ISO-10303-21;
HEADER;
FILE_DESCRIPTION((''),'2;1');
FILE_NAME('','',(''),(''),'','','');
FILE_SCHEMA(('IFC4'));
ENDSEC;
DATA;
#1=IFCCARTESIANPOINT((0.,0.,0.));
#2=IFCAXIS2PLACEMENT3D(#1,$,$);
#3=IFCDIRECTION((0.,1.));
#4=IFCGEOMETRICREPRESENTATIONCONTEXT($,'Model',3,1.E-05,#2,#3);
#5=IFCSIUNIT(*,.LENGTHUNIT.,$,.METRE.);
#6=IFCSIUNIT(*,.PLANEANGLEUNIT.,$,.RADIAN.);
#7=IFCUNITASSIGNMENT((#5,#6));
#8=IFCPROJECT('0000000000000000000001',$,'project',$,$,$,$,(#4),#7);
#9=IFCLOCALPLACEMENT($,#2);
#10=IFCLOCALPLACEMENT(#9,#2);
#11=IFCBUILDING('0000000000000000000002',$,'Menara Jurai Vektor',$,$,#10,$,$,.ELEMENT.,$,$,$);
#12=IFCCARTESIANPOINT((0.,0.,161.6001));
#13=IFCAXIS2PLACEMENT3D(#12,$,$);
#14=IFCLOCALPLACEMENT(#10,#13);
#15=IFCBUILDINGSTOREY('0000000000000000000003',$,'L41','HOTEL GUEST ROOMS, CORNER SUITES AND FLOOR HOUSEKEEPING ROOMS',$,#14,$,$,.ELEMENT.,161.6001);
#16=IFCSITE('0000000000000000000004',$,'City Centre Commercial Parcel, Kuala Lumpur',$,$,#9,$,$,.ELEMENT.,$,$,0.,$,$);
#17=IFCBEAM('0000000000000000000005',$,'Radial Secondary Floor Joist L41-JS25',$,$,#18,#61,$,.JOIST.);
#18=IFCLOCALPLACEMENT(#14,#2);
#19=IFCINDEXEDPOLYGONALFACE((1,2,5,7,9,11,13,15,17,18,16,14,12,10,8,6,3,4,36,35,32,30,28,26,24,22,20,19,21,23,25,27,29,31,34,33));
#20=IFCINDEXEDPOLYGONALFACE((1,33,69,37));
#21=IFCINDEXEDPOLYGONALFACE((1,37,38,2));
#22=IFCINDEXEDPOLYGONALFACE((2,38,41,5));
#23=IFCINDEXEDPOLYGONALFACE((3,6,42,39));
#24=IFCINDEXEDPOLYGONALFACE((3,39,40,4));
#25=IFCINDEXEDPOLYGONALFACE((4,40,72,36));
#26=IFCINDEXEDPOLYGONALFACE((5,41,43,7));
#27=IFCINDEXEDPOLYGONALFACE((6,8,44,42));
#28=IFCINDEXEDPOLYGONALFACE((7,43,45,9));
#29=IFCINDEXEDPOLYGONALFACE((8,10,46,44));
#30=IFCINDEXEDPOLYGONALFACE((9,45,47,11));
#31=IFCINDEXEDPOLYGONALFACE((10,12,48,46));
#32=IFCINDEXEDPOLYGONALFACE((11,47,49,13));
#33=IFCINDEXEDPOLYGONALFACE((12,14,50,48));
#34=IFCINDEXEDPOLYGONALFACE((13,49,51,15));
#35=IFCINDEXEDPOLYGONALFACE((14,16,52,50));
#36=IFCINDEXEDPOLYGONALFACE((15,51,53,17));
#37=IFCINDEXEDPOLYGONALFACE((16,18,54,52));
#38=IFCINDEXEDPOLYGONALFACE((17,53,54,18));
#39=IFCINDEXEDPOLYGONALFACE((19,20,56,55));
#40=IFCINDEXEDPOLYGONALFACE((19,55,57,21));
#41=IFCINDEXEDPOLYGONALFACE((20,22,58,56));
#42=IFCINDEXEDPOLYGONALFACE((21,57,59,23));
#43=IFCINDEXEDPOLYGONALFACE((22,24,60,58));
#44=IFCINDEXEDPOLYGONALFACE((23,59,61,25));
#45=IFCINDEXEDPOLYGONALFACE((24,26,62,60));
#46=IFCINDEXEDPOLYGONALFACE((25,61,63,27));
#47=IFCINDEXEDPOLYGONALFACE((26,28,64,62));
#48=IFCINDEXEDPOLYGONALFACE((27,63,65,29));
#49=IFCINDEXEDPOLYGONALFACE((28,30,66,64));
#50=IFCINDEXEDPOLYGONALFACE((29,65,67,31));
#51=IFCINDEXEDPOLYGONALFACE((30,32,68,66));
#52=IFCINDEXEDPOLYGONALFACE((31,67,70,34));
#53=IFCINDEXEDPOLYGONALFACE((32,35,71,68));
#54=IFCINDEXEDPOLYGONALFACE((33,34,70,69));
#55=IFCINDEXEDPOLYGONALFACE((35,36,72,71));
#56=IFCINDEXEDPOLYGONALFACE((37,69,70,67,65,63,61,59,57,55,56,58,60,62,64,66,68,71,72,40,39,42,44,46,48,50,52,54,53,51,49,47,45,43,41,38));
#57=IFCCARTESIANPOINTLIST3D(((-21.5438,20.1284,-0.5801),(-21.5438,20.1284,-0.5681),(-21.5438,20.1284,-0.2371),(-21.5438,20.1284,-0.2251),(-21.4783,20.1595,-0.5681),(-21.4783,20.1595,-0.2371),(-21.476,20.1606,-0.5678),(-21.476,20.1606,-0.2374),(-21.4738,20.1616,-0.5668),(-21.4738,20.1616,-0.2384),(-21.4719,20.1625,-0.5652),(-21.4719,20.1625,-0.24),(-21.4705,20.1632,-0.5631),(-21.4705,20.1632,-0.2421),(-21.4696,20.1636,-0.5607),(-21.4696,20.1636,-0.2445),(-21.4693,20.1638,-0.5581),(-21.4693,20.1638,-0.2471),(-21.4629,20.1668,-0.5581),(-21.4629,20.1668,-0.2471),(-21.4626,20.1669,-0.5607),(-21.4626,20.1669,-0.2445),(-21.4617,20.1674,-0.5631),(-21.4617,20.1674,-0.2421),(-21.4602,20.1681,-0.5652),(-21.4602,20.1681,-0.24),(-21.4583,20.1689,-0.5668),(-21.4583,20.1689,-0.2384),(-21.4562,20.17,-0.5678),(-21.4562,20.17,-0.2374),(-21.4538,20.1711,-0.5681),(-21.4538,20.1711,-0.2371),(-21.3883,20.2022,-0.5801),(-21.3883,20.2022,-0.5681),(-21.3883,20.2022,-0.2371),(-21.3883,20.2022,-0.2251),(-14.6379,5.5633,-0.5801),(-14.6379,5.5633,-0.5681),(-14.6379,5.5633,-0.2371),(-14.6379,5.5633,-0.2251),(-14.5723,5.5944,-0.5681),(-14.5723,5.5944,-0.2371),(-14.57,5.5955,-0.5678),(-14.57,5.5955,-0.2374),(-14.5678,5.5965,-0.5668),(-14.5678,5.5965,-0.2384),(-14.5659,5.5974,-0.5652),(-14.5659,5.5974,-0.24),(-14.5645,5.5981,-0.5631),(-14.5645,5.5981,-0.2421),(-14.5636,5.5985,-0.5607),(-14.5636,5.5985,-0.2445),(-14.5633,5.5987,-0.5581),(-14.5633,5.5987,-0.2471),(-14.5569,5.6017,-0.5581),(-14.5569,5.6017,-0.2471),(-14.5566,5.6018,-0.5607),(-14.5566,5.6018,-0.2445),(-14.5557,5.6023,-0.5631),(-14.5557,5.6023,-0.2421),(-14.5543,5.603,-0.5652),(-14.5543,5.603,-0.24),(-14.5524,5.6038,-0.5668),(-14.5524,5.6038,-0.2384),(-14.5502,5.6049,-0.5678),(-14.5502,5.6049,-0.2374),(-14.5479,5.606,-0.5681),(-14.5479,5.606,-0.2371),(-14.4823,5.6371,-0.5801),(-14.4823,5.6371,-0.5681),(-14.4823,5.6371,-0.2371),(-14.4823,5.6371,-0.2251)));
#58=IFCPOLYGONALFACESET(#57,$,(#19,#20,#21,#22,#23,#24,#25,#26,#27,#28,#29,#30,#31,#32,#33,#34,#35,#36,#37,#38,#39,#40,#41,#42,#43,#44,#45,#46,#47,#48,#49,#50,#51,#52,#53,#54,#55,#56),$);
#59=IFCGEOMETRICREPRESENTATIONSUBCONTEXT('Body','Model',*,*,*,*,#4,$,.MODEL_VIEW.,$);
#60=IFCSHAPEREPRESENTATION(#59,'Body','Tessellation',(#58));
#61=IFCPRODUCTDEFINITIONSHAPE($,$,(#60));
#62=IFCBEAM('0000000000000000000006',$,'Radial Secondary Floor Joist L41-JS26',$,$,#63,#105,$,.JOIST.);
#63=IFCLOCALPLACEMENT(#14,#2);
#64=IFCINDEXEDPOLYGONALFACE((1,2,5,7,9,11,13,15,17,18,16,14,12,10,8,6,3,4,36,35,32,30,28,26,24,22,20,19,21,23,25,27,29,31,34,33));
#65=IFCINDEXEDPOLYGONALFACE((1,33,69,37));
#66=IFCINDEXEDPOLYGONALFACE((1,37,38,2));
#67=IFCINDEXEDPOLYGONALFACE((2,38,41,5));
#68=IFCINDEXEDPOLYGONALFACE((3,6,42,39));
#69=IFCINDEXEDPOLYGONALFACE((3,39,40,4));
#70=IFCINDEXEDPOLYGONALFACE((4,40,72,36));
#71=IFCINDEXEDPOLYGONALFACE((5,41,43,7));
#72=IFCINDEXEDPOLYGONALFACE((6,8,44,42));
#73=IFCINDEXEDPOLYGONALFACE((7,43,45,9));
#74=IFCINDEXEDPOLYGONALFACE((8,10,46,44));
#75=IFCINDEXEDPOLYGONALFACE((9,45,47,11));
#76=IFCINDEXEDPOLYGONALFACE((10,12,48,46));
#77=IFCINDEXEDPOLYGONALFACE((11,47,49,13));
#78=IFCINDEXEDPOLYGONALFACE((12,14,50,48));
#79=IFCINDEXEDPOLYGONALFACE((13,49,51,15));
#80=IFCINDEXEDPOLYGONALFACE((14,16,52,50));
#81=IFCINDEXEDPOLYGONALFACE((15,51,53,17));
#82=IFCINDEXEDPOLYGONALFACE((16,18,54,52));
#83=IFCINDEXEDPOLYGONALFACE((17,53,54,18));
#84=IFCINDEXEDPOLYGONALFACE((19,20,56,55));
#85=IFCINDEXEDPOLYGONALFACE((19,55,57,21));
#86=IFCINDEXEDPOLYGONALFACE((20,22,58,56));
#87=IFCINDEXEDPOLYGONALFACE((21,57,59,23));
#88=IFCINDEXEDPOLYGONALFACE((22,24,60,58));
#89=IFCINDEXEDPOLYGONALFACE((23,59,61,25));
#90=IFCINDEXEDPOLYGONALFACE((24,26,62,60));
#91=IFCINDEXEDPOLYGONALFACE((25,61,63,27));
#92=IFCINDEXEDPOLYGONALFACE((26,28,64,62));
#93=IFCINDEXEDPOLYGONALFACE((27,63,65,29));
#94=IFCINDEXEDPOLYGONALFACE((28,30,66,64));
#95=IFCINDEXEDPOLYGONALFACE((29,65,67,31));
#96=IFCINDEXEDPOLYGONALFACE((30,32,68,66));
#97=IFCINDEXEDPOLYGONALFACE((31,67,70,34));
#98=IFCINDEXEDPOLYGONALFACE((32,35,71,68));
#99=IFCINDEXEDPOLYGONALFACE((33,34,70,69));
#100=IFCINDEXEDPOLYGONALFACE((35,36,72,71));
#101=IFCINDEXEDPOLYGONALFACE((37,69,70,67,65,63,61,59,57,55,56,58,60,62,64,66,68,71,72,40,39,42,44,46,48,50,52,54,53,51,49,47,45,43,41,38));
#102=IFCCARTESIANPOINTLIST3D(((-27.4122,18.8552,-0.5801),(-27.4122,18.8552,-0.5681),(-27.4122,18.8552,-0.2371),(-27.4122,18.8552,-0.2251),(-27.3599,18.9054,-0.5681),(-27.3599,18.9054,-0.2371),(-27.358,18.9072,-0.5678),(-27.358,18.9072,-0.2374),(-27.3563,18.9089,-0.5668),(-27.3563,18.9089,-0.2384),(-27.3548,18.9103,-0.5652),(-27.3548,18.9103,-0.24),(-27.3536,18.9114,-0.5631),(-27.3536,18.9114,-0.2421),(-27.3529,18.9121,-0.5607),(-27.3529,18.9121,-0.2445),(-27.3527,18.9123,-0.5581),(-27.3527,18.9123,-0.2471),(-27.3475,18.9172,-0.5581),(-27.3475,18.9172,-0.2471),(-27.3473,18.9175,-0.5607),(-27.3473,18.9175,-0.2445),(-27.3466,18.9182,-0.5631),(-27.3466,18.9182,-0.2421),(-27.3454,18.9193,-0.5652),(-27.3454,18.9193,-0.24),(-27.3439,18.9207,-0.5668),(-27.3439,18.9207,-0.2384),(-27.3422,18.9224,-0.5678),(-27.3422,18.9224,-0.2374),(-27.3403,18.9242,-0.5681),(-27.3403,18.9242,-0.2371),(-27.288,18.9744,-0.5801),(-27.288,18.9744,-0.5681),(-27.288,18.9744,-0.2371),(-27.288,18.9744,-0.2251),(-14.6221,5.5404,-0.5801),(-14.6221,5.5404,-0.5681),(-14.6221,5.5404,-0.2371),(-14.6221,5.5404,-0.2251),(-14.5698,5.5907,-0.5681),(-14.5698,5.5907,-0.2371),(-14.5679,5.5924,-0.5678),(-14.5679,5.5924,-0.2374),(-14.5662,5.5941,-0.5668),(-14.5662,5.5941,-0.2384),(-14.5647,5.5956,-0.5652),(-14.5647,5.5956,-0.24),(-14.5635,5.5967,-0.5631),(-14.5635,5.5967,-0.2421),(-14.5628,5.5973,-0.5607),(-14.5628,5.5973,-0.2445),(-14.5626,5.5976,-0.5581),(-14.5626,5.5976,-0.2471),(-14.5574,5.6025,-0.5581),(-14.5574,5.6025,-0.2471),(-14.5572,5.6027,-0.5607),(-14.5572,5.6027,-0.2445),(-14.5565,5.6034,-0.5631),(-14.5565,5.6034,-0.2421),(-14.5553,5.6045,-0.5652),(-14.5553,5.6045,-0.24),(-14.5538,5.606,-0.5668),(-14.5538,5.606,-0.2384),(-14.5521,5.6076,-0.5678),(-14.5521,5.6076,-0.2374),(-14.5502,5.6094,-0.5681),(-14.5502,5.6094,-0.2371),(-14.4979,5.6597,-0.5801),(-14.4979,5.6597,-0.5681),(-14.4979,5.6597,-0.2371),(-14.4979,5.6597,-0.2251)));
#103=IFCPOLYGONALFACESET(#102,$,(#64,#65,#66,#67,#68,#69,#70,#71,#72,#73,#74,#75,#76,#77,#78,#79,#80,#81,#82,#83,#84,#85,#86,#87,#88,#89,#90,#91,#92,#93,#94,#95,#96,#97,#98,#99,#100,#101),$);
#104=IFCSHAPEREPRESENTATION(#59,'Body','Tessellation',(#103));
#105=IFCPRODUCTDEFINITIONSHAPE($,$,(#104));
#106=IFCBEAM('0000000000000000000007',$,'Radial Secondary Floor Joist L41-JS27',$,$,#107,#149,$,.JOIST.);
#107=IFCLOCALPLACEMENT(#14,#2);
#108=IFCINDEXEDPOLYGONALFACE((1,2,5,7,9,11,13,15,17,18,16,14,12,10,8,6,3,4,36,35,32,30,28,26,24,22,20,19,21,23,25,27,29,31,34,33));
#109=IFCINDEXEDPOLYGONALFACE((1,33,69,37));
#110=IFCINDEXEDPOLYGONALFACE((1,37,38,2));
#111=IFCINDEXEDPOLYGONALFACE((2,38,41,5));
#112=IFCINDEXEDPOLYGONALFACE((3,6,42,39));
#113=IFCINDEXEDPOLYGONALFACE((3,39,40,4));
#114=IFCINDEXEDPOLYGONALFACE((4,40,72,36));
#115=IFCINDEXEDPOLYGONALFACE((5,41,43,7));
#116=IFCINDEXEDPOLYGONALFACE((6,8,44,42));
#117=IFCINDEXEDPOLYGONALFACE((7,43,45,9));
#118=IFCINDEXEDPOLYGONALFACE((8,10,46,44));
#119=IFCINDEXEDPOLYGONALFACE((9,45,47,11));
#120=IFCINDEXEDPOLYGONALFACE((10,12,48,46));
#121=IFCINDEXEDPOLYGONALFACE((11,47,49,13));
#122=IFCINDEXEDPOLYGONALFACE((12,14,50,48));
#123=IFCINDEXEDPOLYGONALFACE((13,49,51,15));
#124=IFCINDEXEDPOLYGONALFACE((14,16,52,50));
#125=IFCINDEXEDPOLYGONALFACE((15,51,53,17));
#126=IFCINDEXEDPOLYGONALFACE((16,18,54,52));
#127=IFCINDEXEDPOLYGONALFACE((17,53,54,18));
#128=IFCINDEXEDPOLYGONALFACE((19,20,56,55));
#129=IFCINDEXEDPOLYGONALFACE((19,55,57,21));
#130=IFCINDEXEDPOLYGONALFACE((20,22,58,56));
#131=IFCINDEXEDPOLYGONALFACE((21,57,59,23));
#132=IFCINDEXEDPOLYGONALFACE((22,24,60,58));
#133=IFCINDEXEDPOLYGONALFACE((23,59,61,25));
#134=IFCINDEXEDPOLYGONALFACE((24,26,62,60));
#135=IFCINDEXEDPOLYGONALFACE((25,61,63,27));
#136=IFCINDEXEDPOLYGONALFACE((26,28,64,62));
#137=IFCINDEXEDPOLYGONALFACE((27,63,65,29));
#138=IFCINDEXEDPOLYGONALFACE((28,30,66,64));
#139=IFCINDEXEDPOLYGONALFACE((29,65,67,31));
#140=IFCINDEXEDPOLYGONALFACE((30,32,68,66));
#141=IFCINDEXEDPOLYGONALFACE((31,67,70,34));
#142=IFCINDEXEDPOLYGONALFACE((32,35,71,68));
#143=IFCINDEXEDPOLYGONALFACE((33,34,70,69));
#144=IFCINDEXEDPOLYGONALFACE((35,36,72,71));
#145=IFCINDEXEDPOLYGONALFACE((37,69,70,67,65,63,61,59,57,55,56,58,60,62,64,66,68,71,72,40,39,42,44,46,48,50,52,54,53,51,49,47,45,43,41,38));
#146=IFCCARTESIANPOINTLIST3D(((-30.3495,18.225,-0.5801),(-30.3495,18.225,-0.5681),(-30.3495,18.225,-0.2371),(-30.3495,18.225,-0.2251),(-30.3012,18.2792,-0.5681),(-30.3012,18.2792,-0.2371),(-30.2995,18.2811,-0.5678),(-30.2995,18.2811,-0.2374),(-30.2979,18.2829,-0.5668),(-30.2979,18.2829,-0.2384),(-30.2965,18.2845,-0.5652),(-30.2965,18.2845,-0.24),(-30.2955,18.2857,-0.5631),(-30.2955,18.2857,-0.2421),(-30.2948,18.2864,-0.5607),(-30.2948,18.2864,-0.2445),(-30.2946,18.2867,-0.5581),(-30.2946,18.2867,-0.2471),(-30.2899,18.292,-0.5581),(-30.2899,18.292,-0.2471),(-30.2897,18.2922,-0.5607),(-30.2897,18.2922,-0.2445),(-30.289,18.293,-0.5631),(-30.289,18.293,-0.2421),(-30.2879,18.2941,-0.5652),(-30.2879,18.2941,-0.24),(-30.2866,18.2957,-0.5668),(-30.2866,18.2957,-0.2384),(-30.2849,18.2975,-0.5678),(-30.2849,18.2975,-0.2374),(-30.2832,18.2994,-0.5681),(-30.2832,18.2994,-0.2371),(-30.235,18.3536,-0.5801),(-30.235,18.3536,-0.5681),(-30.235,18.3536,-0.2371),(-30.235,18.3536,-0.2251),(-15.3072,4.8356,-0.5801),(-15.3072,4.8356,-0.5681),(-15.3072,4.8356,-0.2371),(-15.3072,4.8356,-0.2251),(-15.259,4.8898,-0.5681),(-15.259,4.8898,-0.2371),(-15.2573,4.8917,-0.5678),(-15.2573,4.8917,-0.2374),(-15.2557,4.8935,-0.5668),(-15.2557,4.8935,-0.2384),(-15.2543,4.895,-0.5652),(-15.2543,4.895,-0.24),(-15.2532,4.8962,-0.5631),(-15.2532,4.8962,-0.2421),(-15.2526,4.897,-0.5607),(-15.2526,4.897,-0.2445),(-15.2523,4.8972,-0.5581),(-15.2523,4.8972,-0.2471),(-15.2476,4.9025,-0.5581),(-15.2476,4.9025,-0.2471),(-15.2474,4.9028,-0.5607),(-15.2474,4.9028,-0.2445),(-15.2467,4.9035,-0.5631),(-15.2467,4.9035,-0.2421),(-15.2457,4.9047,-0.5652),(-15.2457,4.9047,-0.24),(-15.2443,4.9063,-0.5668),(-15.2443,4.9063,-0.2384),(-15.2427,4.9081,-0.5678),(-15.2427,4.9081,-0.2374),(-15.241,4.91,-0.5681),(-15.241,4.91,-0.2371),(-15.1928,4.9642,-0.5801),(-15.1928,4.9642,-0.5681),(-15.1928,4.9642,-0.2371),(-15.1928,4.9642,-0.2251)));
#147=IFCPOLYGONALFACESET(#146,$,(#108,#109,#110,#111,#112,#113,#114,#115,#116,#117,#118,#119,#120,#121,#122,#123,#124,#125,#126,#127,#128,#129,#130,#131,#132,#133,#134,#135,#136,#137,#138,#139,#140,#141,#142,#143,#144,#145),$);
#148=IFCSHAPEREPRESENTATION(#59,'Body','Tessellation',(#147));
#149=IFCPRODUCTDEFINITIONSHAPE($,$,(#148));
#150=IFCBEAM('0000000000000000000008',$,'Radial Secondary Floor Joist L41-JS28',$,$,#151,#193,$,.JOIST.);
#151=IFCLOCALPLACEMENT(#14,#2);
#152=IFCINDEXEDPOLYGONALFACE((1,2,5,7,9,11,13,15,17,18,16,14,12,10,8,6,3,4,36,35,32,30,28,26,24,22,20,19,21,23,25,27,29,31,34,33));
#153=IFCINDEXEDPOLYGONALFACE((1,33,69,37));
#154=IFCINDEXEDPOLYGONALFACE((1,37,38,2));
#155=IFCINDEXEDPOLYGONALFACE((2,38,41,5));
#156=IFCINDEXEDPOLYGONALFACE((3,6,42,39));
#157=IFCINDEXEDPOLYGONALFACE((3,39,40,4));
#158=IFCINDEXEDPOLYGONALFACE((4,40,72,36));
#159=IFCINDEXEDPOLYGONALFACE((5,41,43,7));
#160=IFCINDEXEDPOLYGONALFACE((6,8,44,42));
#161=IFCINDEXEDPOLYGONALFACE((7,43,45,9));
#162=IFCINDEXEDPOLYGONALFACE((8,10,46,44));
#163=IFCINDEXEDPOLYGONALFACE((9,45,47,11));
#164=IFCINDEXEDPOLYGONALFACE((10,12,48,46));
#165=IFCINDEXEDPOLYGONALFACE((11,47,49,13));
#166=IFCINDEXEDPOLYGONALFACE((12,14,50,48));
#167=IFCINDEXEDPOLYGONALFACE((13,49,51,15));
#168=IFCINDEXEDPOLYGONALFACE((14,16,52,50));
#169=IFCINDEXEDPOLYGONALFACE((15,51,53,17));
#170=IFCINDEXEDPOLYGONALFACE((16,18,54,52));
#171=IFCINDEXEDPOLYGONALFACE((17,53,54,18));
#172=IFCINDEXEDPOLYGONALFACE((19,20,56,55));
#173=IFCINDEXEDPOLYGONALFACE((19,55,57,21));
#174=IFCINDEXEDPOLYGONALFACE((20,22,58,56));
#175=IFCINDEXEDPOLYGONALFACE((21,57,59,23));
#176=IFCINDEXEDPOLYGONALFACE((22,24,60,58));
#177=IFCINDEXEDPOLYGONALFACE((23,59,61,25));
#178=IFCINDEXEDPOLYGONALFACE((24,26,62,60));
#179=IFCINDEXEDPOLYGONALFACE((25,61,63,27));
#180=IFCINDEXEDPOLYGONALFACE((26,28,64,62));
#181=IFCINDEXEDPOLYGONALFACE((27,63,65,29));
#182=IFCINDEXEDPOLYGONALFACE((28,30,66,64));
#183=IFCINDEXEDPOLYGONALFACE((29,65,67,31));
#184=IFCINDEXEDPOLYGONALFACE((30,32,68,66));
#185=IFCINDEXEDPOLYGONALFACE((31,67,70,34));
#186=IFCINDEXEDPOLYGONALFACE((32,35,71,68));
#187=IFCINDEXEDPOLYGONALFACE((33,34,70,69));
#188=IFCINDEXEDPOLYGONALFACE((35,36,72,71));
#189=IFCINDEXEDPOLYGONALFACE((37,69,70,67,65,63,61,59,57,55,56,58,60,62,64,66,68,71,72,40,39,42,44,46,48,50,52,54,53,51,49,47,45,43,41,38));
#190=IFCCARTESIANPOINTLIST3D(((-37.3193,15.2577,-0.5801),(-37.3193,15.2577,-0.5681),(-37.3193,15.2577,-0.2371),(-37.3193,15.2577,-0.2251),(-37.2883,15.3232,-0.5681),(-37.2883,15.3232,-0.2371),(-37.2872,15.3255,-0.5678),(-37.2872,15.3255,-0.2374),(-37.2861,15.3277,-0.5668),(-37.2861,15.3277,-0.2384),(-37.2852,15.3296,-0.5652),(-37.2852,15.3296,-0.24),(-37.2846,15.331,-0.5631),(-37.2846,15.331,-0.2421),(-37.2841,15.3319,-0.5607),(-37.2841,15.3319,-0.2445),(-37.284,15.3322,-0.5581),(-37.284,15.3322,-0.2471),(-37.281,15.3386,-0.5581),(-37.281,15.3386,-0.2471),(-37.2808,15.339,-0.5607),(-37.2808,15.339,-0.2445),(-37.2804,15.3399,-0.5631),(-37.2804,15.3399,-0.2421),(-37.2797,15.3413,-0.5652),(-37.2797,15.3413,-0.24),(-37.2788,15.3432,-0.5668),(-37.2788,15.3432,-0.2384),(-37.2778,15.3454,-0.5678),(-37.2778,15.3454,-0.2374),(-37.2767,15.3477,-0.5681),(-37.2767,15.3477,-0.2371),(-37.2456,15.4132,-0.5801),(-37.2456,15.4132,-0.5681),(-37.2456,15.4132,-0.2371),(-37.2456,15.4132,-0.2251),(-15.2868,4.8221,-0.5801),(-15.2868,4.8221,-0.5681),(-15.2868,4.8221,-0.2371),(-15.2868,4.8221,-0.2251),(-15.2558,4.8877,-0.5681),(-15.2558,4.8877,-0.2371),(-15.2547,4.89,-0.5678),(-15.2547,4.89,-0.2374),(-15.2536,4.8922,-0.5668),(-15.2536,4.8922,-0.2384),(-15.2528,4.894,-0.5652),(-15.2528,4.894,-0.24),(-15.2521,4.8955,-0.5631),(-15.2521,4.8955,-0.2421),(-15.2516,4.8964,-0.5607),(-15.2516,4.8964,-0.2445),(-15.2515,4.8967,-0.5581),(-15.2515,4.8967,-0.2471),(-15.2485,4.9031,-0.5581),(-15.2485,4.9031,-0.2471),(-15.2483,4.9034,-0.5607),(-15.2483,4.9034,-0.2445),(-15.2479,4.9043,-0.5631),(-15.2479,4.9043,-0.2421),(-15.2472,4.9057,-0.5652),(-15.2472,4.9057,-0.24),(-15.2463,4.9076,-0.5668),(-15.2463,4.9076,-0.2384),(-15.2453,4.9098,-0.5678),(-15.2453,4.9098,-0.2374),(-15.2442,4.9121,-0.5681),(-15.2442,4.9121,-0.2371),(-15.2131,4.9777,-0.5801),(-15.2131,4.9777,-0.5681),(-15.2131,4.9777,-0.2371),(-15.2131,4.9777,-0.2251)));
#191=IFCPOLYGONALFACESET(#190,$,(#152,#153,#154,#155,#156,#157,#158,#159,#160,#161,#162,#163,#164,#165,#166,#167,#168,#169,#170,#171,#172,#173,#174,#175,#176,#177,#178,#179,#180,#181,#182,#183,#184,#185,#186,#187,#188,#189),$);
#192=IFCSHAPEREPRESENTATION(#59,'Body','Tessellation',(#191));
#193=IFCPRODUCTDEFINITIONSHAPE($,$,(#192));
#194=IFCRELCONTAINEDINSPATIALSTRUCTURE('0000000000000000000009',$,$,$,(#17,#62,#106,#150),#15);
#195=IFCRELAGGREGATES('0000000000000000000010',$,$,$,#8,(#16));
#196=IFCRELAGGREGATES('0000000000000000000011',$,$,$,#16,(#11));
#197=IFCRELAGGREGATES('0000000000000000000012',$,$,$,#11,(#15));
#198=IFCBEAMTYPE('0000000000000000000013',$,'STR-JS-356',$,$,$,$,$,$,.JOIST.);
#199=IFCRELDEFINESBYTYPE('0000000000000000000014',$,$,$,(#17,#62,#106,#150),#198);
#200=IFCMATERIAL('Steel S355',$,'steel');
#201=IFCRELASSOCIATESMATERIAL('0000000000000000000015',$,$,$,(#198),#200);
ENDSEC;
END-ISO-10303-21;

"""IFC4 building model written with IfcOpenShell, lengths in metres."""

from ifc_helpers import new_model, si_unit, direction, frame, origin, origin_2d, place, context, subcontext, project, spatial, i_section, extrude, material, material_profile, profile_set, type_object, element, save


model = new_model("IFC4")

# Units and contexts
model_context = context("Model", 3, precision=1e-05, world=origin(), true_north=direction((0.0, 1.0)))
body_context = subcontext(model_context, "Body", "Model", "MODEL_VIEW")
ifc_project = project(units=[si_unit("LENGTHUNIT", "METRE"), si_unit("PLANEANGLEUNIT", "RADIAN")], contexts=[model_context])

# Site, building, storey
site_placement = place(None, origin())
site = spatial("IfcSite", under=ifc_project, at=site_placement, Name="City Centre Commercial Parcel, Kuala Lumpur", CompositionType="ELEMENT", RefElevation=0.0)
building_placement = place(site_placement, origin())
building = spatial("IfcBuilding", under=site, at=building_placement, Name="Menara Jurai Vektor", CompositionType="ELEMENT")
storey_placement = place(building_placement, frame((0.0, 0.0, 161.6001)))
storey = spatial("IfcBuildingStorey", under=building, at=storey_placement, Name="L41", Description="HOTEL GUEST ROOMS, CORNER SUITES AND FLOOR HOUSEKEEPING ROOMS", CompositionType="ELEMENT", Elevation=161.6001)

# Shared definitions
ifc_material_1 = material(Name="Steel S355", Category="steel")

# Beams
ifc_material_profile_1 = material_profile(ifc_material_1, i_section(OverallWidth=0.1721, OverallDepth=0.355, WebThickness=0.0071, FlangeThickness=0.012, FilletRadius=0.01, at=origin_2d()), Name="UKB 356x171x51")
ifc_profile_set_1 = profile_set([ifc_material_profile_1], Name="Steel S355")
beam_type_1 = type_object("IfcBeamType", Name="STR-JS-356", PredefinedType="JOIST", material=ifc_profile_set_1)
beam_1_placement = place(storey_placement, frame((-21.4661, 20.1653, -0.4026), z_axis=(0.428426, -0.903577, 0.0), x_axis=(0.903577, 0.428426, 0.0)))
element("IfcBeam", 1, at=beam_1_placement, inside=storey, type_object=beam_type_1, Name="Radial Secondary Floor Joist L41-JS25", PredefinedType="JOIST", context=body_context, shape_type="SweptSolid", body=[
    extrude(i_section(OverallWidth=0.1721, OverallDepth=0.355, WebThickness=0.0071, FlangeThickness=0.012, FilletRadius=0.01, at=origin_2d()), origin(), (0.0, 0.0, 1.0), 16.1194),
])
beam_2_placement = place(storey_placement, frame((-27.3501, 18.9148, -0.4026), z_axis=(0.692755, -0.721173, 0.0), x_axis=(0.721173, 0.692755, 0.0)))
element("IfcBeam", 2, at=beam_2_placement, inside=storey, type_object=beam_type_1, Name="Radial Secondary Floor Joist L41-JS26", PredefinedType="JOIST", context=body_context, shape_type="SweptSolid", body=[
    extrude(i_section(OverallWidth=0.1721, OverallDepth=0.355, WebThickness=0.0071, FlangeThickness=0.012, FilletRadius=0.01, at=origin_2d()), origin(), (0.0, 0.0, 1.0), 18.4626),
])
beam_3_placement = place(storey_placement, frame((-30.2922, 18.2893, -0.4026), z_axis=(0.746952, -0.664878, 0.0), x_axis=(0.664878, 0.746952, 0.0)))
element("IfcBeam", 3, at=beam_3_placement, inside=storey, type_object=beam_type_1, Name="Radial Secondary Floor Joist L41-JS27", PredefinedType="JOIST", context=body_context, shape_type="SweptSolid", body=[
    extrude(i_section(OverallWidth=0.1721, OverallDepth=0.355, WebThickness=0.0071, FlangeThickness=0.012, FilletRadius=0.01, at=origin_2d()), origin(), (0.0, 0.0, 1.0), 20.1382),
])
beam_4_placement = place(storey_placement, frame((-37.2825, 15.3354, -0.4026), z_axis=(0.903752, -0.428057, 0.0), x_axis=(0.428057, 0.903752, 0.0)))
element("IfcBeam", 4, at=beam_4_placement, inside=storey, type_object=beam_type_1, Name="Radial Secondary Floor Joist L41-JS28", PredefinedType="JOIST", context=body_context, shape_type="SweptSolid", body=[
    extrude(i_section(OverallWidth=0.1721, OverallDepth=0.355, WebThickness=0.0071, FlangeThickness=0.012, FilletRadius=0.01, at=origin_2d()), origin(), (0.0, 0.0, 1.0), 24.3789),
])

save(model, "model.ifc")
